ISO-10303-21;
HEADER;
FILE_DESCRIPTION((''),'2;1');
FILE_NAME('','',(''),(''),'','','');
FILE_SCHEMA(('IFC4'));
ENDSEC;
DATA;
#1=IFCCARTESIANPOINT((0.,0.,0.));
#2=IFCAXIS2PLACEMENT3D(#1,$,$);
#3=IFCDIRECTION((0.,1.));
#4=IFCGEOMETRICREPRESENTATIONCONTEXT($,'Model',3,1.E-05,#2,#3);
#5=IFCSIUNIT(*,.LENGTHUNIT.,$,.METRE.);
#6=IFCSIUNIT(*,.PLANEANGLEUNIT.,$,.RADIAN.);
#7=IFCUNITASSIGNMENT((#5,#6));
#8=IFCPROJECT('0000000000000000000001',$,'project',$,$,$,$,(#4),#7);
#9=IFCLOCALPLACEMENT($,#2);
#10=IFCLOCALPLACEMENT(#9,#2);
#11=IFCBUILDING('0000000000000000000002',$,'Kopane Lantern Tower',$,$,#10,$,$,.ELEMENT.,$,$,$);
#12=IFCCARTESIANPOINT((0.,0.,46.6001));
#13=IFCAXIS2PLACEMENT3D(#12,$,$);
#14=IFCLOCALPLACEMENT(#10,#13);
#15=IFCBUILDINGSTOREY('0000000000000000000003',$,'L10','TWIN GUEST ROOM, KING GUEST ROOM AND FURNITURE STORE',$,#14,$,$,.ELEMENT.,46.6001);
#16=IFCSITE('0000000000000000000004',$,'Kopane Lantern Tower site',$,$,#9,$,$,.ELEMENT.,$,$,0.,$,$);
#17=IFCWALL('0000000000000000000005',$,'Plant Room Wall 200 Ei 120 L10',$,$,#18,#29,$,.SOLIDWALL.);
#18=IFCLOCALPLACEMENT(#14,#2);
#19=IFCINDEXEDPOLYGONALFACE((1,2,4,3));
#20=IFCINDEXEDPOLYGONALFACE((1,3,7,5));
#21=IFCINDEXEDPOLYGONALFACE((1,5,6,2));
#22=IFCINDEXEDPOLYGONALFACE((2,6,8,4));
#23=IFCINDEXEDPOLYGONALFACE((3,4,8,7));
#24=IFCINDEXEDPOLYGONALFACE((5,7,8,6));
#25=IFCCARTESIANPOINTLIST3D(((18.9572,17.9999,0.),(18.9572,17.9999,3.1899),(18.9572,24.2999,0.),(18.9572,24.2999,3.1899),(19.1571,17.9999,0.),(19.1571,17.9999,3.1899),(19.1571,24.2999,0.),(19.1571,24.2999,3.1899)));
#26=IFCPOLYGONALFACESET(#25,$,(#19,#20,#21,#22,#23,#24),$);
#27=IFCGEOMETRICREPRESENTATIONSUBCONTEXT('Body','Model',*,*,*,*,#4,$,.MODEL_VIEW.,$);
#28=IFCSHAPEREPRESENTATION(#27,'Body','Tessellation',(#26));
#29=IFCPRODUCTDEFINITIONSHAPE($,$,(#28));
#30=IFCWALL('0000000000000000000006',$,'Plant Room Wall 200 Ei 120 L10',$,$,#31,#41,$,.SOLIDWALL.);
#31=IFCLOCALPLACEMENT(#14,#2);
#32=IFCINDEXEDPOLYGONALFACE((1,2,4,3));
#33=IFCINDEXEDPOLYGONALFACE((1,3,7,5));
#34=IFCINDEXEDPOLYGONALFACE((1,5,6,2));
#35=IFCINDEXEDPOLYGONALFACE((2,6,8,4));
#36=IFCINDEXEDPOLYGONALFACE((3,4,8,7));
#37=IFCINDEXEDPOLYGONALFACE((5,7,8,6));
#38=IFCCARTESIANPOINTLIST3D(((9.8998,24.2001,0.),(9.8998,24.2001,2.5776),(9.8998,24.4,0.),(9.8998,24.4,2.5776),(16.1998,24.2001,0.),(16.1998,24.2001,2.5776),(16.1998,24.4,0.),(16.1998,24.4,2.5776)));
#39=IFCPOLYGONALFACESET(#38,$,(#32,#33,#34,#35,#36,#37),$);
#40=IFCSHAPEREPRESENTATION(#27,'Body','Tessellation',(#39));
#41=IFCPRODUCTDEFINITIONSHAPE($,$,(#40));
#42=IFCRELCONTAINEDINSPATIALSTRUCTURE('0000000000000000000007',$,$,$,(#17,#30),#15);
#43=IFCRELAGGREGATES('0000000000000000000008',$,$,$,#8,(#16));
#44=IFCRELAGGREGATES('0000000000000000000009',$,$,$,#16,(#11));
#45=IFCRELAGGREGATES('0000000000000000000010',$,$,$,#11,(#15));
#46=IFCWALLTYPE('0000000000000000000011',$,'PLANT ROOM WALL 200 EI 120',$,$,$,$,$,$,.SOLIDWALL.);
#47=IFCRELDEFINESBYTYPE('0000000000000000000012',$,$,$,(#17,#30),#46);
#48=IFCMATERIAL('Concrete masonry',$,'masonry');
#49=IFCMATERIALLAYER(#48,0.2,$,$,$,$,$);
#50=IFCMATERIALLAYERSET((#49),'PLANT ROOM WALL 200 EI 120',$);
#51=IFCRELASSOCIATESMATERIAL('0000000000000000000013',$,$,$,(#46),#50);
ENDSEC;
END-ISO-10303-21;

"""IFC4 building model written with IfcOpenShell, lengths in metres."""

from ifc_helpers import new_model, si_unit, direction, frame, frame_2d, origin, place, context, subcontext, project, spatial, rectangle, extrude, material, layer, layer_set, type_object, element, save


model = new_model("IFC4")

# Units and contexts
model_context = context("Model", 3, precision=1e-05, world=origin(), true_north=direction((0.0, 1.0)))
body_context = subcontext(model_context, "Body", "Model", "MODEL_VIEW")
ifc_project = project(units=[si_unit("LENGTHUNIT", "METRE"), si_unit("PLANEANGLEUNIT", "RADIAN")], contexts=[model_context])

# Site, building, storey
site_placement = place(None, origin())
site = spatial("IfcSite", under=ifc_project, at=site_placement, Name="Kopane Lantern Tower site", CompositionType="ELEMENT", RefElevation=0.0)
building_placement = place(site_placement, origin())
building = spatial("IfcBuilding", under=site, at=building_placement, Name="Kopane Lantern Tower", CompositionType="ELEMENT")
storey_placement = place(building_placement, frame((0.0, 0.0, 46.6001)))
storey = spatial("IfcBuildingStorey", under=building, at=storey_placement, Name="L10", Description="TWIN GUEST ROOM, KING GUEST ROOM AND FURNITURE STORE", CompositionType="ELEMENT", Elevation=46.6001)

# Walls
ifc_material_1 = material(Name="Concrete masonry", Category="masonry")
ifc_layer_1 = layer(ifc_material_1, 0.2)
ifc_layer_set_1 = layer_set([ifc_layer_1], Name="PLANT ROOM WALL 200 EI 120")
wall_type_1 = type_object("IfcWallType", Name="PLANT ROOM WALL 200 EI 120", PredefinedType="SOLIDWALL", material=ifc_layer_set_1)
for number, where, z_axis, x_axis, name in (
    (1, (19.0571, 18.0, 0.0), (0.0, 0.0, 1.0), (0.0, 1.0, 0.0), "Plant Room Wall 200 Ei 120 L10"),
):
    element("IfcWall", number, at=place(storey_placement, frame(where, z_axis=z_axis, x_axis=x_axis)), inside=storey, type_object=wall_type_1, Name=name, PredefinedType="SOLIDWALL", context=body_context, shape_type="SweptSolid", body=[
        extrude(rectangle(XDim=6.3, YDim=0.2, at=frame_2d((3.1499, 0.0))), origin(), (0.0, 0.0, 1.0), 3.1899),
    ])
wall_1_placement = place(storey_placement, frame((9.8999, 24.3, 0.0), z_axis=(0.0, 0.0, 1.0), x_axis=(1.0, 0.0, 0.0)))
element("IfcWall", 2, at=wall_1_placement, inside=storey, type_object=wall_type_1, Name="Plant Room Wall 200 Ei 120 L10", PredefinedType="SOLIDWALL", context=body_context, shape_type="SweptSolid", body=[
    extrude(rectangle(XDim=6.3, YDim=0.2, at=frame_2d((3.1499, 0.0))), origin(), (0.0, 0.0, 1.0), 2.5776),
])

save(model, "model.ifc")
